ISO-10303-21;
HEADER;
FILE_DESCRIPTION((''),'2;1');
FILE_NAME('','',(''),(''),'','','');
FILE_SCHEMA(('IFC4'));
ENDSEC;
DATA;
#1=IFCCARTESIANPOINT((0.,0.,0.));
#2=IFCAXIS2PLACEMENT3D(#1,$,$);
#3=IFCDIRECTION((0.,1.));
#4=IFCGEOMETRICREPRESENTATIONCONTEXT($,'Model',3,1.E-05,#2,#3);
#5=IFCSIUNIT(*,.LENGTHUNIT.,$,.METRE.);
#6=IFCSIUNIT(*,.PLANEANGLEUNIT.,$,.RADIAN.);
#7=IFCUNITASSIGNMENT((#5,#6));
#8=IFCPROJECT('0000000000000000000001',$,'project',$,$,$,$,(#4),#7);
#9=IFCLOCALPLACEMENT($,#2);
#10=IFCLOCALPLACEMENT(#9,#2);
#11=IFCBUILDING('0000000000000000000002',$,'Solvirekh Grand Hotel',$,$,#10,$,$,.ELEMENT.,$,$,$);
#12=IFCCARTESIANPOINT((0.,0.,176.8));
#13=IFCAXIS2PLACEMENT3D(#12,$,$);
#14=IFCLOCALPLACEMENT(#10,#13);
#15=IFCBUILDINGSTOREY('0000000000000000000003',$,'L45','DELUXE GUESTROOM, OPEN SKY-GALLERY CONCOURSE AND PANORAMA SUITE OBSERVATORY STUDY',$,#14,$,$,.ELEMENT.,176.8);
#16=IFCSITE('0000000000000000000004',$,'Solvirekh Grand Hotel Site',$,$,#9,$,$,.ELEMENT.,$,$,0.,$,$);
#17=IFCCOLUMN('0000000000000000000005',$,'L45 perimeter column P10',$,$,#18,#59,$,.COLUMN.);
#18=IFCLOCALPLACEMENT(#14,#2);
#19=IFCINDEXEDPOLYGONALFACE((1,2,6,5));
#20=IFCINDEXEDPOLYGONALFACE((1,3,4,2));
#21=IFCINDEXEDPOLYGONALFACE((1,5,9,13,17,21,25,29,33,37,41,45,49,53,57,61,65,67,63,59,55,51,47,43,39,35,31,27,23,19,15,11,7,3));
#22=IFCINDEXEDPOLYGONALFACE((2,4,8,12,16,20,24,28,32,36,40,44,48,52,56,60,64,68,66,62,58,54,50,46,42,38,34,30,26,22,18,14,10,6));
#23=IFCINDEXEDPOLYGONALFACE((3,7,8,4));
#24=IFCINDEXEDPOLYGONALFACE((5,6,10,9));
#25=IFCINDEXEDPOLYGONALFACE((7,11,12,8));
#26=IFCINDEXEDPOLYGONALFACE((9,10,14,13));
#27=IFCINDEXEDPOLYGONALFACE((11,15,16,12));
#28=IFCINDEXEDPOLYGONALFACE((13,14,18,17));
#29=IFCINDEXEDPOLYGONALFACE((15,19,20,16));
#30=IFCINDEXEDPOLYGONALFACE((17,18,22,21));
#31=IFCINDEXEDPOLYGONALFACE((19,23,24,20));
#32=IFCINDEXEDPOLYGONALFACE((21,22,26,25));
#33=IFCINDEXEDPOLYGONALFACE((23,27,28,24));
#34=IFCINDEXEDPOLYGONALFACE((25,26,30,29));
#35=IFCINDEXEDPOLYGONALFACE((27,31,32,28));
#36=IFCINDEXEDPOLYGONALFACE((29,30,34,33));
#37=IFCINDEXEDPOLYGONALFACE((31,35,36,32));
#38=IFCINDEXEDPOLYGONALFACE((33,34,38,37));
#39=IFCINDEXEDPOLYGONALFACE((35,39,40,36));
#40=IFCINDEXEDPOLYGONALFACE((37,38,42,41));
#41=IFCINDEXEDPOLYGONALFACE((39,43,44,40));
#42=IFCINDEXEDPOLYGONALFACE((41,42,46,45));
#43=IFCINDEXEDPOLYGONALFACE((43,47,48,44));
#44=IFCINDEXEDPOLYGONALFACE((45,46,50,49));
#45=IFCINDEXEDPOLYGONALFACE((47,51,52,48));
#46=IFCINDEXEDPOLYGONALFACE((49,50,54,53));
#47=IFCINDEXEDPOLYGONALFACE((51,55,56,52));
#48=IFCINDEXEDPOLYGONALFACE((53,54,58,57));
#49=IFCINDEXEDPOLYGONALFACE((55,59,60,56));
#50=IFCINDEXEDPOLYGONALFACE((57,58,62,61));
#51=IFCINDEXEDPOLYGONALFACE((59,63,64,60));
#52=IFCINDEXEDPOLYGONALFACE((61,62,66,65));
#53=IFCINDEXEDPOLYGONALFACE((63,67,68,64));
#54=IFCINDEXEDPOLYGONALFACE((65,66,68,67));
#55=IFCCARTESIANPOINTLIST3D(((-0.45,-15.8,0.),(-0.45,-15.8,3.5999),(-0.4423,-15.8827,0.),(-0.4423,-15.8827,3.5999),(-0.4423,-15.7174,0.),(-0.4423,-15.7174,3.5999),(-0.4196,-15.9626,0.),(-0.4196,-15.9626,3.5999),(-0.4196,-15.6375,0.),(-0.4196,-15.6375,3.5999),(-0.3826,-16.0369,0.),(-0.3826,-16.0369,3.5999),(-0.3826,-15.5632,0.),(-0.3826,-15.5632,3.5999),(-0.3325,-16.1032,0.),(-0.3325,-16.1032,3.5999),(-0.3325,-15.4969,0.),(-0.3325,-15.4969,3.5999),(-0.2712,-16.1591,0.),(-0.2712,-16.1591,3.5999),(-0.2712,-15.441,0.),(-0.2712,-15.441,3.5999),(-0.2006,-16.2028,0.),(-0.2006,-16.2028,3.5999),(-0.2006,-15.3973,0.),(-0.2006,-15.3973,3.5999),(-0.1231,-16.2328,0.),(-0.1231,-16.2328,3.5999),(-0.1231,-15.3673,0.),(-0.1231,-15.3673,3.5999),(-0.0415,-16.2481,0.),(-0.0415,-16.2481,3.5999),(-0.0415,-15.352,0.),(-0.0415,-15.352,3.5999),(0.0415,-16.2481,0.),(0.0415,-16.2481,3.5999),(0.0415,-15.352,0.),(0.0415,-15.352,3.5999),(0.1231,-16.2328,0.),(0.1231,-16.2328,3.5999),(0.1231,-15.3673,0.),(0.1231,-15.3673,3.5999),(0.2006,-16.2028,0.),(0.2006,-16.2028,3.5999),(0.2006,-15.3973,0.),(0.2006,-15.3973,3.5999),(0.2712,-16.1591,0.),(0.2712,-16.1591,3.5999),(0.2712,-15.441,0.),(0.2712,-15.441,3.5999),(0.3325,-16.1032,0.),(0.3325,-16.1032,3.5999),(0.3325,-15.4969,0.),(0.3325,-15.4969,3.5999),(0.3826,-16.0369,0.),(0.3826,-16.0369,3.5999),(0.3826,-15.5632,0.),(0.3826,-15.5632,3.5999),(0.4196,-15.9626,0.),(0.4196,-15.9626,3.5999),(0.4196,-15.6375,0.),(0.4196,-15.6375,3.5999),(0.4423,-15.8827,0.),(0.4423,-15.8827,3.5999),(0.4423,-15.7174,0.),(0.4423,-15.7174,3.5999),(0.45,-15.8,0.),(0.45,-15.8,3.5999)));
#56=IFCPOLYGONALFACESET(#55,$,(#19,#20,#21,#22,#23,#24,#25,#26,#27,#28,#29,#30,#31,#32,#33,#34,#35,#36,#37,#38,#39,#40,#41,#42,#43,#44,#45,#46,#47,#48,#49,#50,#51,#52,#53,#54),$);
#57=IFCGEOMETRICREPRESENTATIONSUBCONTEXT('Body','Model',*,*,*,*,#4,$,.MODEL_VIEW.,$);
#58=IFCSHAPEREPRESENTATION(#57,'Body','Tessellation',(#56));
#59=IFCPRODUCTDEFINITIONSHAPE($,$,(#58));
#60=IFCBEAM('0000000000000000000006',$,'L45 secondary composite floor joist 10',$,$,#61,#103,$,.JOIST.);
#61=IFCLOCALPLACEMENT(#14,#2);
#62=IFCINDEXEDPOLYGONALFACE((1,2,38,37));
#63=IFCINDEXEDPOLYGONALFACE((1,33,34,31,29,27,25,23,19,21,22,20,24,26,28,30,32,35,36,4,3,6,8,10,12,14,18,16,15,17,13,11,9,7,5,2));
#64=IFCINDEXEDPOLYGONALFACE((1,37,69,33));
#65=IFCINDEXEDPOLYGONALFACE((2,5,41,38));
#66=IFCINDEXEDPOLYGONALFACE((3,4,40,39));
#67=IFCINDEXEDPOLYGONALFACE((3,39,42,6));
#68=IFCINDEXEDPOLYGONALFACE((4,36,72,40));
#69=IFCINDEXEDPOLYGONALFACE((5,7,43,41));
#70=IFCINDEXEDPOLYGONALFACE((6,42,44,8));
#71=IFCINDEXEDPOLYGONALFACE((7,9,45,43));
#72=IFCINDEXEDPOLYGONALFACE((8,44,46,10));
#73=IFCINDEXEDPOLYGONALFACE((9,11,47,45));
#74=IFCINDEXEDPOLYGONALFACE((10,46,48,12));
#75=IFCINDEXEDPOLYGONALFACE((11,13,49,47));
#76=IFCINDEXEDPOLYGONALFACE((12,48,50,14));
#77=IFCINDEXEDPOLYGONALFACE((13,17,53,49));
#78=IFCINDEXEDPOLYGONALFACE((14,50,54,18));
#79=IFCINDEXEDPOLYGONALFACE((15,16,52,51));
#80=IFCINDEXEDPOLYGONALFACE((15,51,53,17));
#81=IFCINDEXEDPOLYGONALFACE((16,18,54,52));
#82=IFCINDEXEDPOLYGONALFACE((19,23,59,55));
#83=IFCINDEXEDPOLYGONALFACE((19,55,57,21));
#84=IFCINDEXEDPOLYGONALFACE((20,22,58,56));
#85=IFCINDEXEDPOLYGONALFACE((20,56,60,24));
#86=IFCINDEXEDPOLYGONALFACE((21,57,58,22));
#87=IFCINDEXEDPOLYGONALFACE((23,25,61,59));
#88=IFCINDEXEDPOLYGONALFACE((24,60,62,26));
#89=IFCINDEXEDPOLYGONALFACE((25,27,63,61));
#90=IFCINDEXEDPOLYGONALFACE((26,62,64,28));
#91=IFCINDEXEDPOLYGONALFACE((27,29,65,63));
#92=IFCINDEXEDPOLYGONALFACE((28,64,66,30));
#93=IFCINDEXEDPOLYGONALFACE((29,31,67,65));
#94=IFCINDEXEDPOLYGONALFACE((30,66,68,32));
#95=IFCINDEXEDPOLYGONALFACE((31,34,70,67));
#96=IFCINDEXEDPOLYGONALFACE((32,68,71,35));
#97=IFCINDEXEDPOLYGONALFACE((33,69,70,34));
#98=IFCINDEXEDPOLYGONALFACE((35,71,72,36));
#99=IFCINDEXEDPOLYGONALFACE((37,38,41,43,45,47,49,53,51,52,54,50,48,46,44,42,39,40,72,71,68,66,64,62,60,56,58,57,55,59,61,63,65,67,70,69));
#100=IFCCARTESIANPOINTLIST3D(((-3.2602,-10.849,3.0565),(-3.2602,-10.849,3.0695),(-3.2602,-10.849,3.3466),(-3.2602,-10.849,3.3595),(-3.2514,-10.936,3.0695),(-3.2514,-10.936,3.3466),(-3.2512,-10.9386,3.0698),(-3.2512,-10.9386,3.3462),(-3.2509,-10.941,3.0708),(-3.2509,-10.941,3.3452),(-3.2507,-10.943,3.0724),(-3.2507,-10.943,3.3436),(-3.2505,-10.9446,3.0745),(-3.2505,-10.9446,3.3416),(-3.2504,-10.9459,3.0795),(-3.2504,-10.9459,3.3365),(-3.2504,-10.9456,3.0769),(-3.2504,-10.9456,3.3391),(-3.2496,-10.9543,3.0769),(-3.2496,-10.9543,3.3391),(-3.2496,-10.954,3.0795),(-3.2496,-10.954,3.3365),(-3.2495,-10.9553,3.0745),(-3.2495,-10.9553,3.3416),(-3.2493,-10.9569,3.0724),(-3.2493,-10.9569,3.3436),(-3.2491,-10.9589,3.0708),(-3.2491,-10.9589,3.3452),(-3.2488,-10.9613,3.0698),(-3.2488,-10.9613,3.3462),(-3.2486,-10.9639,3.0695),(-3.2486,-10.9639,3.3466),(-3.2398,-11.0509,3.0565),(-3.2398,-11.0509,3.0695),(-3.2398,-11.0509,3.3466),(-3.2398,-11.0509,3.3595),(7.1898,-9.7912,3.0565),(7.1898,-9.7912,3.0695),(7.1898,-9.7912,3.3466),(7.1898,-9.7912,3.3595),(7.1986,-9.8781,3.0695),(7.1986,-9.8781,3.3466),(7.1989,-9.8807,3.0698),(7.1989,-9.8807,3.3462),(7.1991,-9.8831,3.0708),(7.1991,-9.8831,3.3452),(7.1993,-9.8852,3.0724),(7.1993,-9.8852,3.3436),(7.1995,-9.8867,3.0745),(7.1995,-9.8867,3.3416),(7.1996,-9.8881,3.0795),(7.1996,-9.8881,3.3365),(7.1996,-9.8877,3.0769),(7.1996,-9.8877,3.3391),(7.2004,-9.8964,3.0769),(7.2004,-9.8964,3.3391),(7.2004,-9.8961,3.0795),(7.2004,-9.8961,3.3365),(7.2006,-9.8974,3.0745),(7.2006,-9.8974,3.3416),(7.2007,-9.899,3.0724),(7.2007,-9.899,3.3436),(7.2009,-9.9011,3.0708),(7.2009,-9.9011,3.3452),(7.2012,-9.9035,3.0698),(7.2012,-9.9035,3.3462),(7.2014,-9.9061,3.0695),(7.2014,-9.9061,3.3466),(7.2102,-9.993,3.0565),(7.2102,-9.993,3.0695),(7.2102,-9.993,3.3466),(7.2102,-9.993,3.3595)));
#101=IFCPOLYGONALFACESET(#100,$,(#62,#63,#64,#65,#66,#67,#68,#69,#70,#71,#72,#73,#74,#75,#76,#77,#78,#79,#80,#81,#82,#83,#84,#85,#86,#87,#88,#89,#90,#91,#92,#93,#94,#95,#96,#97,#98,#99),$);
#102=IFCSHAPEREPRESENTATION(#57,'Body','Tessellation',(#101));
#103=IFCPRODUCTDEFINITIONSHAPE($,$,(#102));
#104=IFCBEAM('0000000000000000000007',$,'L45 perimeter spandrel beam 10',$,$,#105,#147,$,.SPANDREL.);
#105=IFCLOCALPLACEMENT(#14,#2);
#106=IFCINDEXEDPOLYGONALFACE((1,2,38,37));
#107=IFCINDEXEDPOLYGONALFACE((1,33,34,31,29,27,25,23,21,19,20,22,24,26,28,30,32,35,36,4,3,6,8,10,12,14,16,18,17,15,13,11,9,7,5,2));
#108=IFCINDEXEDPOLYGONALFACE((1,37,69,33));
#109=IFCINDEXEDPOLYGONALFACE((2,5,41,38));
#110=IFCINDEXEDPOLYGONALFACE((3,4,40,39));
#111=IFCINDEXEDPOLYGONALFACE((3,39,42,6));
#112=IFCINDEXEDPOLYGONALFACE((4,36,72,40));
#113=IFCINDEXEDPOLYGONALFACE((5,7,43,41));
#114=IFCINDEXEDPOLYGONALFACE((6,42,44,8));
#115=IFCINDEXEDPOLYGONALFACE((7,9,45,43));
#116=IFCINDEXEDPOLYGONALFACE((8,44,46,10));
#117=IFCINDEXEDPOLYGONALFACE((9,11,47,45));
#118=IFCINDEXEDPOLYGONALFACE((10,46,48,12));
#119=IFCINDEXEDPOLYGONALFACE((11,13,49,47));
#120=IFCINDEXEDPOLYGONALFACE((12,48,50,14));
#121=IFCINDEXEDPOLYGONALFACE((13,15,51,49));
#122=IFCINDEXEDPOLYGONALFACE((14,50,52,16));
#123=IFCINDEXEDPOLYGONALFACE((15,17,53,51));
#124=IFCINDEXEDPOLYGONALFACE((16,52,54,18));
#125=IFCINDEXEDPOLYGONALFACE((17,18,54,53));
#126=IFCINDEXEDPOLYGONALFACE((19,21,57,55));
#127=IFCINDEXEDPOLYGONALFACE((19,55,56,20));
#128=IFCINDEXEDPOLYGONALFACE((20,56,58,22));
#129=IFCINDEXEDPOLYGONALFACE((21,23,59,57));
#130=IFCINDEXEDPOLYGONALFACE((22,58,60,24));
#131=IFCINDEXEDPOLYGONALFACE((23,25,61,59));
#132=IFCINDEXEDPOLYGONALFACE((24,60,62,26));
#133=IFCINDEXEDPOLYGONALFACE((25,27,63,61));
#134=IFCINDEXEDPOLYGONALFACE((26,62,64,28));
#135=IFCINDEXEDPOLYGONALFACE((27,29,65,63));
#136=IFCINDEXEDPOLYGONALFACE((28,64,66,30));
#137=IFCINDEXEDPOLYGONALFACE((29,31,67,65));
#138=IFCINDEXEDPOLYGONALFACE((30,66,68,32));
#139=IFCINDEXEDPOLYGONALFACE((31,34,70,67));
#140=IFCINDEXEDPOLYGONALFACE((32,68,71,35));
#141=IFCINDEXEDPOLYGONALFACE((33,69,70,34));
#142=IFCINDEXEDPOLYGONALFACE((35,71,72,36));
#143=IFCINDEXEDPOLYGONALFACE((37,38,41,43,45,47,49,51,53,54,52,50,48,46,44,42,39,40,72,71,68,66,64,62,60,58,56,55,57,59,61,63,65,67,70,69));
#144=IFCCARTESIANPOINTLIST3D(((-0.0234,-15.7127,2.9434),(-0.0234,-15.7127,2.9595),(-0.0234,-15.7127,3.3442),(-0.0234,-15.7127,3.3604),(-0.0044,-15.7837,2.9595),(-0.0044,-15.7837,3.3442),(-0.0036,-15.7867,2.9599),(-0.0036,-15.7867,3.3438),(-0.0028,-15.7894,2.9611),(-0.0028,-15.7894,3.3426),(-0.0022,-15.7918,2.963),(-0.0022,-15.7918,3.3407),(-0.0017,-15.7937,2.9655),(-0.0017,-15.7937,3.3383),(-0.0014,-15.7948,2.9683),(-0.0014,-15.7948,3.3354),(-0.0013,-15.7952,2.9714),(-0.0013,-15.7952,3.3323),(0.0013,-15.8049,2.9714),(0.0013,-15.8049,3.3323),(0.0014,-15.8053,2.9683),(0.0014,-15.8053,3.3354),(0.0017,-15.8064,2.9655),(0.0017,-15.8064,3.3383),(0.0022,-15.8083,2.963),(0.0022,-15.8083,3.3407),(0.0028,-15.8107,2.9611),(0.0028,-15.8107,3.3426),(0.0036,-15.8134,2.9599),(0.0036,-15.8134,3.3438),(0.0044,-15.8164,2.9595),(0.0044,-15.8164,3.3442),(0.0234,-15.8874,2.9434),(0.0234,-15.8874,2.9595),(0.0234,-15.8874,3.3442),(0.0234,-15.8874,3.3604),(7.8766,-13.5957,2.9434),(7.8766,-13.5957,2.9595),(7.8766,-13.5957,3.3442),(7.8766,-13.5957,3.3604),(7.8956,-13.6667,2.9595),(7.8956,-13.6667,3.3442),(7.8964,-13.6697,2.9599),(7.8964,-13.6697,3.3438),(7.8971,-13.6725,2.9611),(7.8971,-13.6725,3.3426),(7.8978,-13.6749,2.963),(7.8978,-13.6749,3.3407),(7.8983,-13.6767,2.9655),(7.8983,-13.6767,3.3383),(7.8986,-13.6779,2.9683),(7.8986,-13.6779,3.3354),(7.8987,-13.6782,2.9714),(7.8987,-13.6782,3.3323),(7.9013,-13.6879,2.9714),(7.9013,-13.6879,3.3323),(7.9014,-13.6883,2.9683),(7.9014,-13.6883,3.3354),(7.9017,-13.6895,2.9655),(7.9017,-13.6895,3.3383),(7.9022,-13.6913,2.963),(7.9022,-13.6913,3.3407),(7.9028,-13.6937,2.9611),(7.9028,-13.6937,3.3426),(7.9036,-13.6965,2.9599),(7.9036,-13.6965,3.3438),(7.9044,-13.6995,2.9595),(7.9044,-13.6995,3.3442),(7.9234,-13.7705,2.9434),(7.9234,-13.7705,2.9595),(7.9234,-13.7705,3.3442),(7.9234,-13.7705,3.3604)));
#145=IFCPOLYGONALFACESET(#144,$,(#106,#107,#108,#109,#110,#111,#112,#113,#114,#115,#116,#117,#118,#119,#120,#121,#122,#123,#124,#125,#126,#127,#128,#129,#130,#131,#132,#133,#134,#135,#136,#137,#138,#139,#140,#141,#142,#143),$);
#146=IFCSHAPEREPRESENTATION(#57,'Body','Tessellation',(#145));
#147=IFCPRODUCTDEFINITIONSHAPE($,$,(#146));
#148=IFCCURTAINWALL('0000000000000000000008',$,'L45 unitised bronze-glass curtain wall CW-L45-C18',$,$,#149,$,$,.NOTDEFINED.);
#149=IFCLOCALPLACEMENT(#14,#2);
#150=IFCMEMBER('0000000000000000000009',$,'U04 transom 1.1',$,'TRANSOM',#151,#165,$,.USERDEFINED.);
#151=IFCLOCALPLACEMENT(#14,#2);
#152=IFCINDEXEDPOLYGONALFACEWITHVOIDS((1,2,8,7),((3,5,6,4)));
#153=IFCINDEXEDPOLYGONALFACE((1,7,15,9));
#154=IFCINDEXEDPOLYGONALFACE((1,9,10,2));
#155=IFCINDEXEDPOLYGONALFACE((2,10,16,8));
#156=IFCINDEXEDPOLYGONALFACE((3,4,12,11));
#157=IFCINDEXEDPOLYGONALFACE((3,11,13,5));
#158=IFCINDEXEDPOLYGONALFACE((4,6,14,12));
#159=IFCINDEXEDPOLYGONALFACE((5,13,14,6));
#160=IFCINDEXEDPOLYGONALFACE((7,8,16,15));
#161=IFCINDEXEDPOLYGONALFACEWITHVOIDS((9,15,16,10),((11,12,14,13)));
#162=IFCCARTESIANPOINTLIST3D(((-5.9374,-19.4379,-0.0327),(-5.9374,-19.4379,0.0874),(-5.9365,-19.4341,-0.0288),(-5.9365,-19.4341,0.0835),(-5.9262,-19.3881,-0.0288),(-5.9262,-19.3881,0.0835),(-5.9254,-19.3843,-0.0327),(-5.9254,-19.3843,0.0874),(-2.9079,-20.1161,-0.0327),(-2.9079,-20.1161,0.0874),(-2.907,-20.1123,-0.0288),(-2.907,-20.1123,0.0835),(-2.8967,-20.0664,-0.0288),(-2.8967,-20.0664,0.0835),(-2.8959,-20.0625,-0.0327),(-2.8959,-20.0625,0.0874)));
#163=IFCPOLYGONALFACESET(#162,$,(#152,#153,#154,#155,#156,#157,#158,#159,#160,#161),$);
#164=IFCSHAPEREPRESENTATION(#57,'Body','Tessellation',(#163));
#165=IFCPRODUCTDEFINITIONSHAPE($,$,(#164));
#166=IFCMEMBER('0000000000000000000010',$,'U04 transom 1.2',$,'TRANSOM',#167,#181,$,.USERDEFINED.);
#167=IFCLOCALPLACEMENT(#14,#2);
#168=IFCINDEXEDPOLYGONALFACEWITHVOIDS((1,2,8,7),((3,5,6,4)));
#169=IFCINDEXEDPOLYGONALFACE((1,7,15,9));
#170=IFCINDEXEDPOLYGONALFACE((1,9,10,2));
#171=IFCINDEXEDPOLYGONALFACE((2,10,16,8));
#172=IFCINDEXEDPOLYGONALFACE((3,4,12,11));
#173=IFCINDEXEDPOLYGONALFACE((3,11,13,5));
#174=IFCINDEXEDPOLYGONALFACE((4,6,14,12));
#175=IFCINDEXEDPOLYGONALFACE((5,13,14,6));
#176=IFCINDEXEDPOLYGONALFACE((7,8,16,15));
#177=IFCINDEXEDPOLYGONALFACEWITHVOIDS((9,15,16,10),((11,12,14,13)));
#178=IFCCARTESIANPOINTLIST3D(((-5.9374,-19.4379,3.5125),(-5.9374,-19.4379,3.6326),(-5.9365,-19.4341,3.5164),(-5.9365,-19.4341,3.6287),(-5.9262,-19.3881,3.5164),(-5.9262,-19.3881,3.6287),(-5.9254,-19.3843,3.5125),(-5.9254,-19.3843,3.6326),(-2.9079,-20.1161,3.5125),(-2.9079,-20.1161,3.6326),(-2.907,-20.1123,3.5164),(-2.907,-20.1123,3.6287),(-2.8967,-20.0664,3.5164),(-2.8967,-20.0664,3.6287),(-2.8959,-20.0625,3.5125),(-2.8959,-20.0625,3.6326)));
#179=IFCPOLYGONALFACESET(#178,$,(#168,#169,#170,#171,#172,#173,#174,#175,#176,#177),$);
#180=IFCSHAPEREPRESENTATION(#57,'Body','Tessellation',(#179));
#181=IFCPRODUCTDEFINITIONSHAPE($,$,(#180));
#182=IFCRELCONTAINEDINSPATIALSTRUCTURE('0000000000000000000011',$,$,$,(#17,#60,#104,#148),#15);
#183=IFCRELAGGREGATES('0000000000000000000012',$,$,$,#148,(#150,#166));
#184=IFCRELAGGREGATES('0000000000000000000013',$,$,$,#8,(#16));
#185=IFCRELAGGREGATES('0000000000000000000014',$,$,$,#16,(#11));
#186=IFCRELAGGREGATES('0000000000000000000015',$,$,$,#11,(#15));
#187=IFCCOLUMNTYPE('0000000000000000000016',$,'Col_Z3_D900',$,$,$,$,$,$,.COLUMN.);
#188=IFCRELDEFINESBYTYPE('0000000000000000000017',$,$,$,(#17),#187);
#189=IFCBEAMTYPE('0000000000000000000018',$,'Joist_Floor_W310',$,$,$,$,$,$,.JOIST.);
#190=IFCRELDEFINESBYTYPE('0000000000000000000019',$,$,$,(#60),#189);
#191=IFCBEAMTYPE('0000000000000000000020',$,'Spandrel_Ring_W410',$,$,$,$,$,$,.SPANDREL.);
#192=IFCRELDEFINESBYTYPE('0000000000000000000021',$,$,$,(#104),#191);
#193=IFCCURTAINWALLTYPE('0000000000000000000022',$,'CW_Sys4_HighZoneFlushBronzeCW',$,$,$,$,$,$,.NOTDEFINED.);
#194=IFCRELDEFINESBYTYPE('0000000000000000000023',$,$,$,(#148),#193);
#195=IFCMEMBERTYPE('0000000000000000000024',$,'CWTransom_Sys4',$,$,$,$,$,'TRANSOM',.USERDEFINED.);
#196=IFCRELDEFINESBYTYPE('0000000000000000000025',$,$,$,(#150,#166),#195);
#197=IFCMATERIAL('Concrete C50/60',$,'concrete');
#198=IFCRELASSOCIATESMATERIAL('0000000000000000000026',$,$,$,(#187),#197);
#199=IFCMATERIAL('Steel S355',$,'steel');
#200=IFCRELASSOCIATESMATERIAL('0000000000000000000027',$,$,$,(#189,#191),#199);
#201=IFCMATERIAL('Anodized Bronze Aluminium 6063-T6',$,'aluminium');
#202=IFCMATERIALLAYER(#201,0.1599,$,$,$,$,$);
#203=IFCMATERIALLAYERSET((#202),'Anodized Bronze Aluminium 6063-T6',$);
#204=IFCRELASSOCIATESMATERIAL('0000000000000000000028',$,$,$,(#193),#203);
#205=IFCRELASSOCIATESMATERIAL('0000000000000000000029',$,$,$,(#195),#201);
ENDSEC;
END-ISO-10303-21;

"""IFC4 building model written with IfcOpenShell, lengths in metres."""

from ifc_helpers import new_model, si_unit, direction, frame, origin, origin_2d, place, context, subcontext, project, spatial, hollow_rectangle, circle, i_section, extrude, source, transform, mapped, material, layer, layer_set, material_profile, profile_set, type_object, element, aggregate, save


model = new_model("IFC4")

# Units and contexts
model_context = context("Model", 3, precision=1e-05, world=origin(), true_north=direction((0.0, 1.0)))
body_context = subcontext(model_context, "Body", "Model", "MODEL_VIEW")
ifc_project = project(units=[si_unit("LENGTHUNIT", "METRE"), si_unit("PLANEANGLEUNIT", "RADIAN")], contexts=[model_context])

# Site, building, storey
site_placement = place(None, origin())
site = spatial("IfcSite", under=ifc_project, at=site_placement, Name="Solvirekh Grand Hotel Site", CompositionType="ELEMENT", RefElevation=0.0)
building_placement = place(site_placement, origin())
building = spatial("IfcBuilding", under=site, at=building_placement, Name="Solvirekh Grand Hotel", CompositionType="ELEMENT")
storey_placement = place(building_placement, frame((0.0, 0.0, 176.8)))
storey = spatial("IfcBuildingStorey", under=building, at=storey_placement, Name="L45", Description="DELUXE GUESTROOM, OPEN SKY-GALLERY CONCOURSE AND PANORAMA SUITE OBSERVATORY STUDY", CompositionType="ELEMENT", Elevation=176.8)

# Column
ifc_material_1 = material(Name="Concrete C50/60", Category="concrete")
ifc_material_profile_1 = material_profile(ifc_material_1, circle(Radius=0.45, at=origin_2d()), Name="RC CIRC D900")
ifc_profile_set_1 = profile_set([ifc_material_profile_1], Name="Concrete C50/60")
column_type = type_object("IfcColumnType", Name="Col_Z3_D900", PredefinedType="COLUMN", material=ifc_profile_set_1)
column_placement = place(storey_placement, frame((0.0, -15.8, 0.0), z_axis=(0.0, 0.0, 1.0), x_axis=(1.0, 0.0, 0.0)))
element("IfcColumn", 1, at=column_placement, inside=storey, type_object=column_type, Name="L45 perimeter column P10", PredefinedType="COLUMN", context=body_context, shape_type="SweptSolid", body=[
    extrude(circle(Radius=0.45, at=origin_2d()), origin(), (0.0, 0.0, 1.0), 3.5999),
])

# Beams
ifc_material_2 = material(Name="Steel S355", Category="steel")
ifc_material_profile_2 = material_profile(ifc_material_2, i_section(OverallWidth=0.2029, OverallDepth=0.303, WebThickness=0.0081, FlangeThickness=0.0129, FilletRadius=0.01, at=origin_2d()), Name="W310X60")
ifc_profile_set_2 = profile_set([ifc_material_profile_2], Name="Steel S355")
beam_type_1 = type_object("IfcBeamType", Name="Joist_Floor_W310", PredefinedType="JOIST", material=ifc_profile_set_2)
beam_1_placement = place(storey_placement, frame((-3.25, -10.95, 3.208), z_axis=(0.994915, 0.100716, 0.0), x_axis=(-0.100716, 0.994915, 0.0)))
element("IfcBeam", 2, at=beam_1_placement, inside=storey, type_object=beam_type_1, Name="L45 secondary composite floor joist 10", PredefinedType="JOIST", context=body_context, shape_type="SweptSolid", body=[
    extrude(i_section(OverallWidth=0.2029, OverallDepth=0.303, WebThickness=0.0081, FlangeThickness=0.0129, FilletRadius=0.01, at=origin_2d()), origin(), (0.0, 0.0, 1.0), 10.5034),
])
ifc_material_profile_3 = material_profile(ifc_material_2, i_section(OverallWidth=0.1809, OverallDepth=0.417, WebThickness=0.01, FlangeThickness=0.0161, FilletRadius=0.012, at=origin_2d()), Name="W410X85")
ifc_profile_set_3 = profile_set([ifc_material_profile_3], Name="Steel S355")
beam_type_2 = type_object("IfcBeamType", Name="Spandrel_Ring_W410", PredefinedType="SPANDREL", material=ifc_profile_set_3)
beam_2_placement = place(storey_placement, frame((0.0, -15.8, 3.1519), z_axis=(0.965921, 0.258839, 0.0), x_axis=(-0.258839, 0.965921, 0.0)))
element("IfcBeam", 3, at=beam_2_placement, inside=storey, type_object=beam_type_2, Name="L45 perimeter spandrel beam 10", PredefinedType="SPANDREL", context=body_context, shape_type="SweptSolid", body=[
    extrude(i_section(OverallWidth=0.1809, OverallDepth=0.417, WebThickness=0.01, FlangeThickness=0.0161, FilletRadius=0.012, at=origin_2d()), origin(), (0.0, 0.0, 1.0), 8.1787),
])

# Curtain wall, members
ifc_material_3 = material(Name="Anodized Bronze Aluminium 6063-T6", Category="aluminium")
ifc_layer_1 = layer(ifc_material_3, 0.1599)
ifc_layer_set_1 = layer_set([ifc_layer_1], Name="Anodized Bronze Aluminium 6063-T6")
curtain_wall_type = type_object("IfcCurtainWallType", Name="CW_Sys4_HighZoneFlushBronzeCW", PredefinedType="NOTDEFINED", material=ifc_layer_set_1)
curtain_wall_placement = place(storey_placement, origin())
curtain_wall = element("IfcCurtainWall", 4, at=curtain_wall_placement, inside=storey, type_object=curtain_wall_type, Name="L45 unitised bronze-glass curtain wall CW-L45-C18", PredefinedType="NOTDEFINED")
ifc_material_profile_4 = material_profile(ifc_material_3, hollow_rectangle(XDim=0.0549, YDim=0.1201, WallThickness=0.0039, at=origin_2d()), Name="ALU RHS 120X55X4")
ifc_profile_set_4 = profile_set([ifc_material_profile_4], Name="Anodized Bronze Aluminium 6063-T6")
member_type_1 = type_object("IfcMemberType", Name="CWTransom_Sys4", ElementType="TRANSOM", PredefinedType="USERDEFINED", material=ifc_profile_set_4)
shared_shape_1 = source(origin(), body_context, "Body", "SweptSolid", [
    extrude(hollow_rectangle(XDim=0.0549, YDim=0.1201, WallThickness=0.0039, at=origin_2d()), origin(), (0.0, 0.0, 1.0), 3.1045),
])
member_1_placement = place(storey_placement, frame((-5.9314, -19.4111, 0.0273), z_axis=(0.975845, -0.218462, 0.0), x_axis=(0.218462, 0.975845, 0.0)))
member_1 = element("IfcMember", 5, at=member_1_placement, type_object=member_type_1, Name="U04 transom 1.1", ObjectType="TRANSOM", PredefinedType="USERDEFINED", context=body_context, shape_type="MappedRepresentation", body=[
    mapped(shared_shape_1, transform((0.0, 0.0, 0.0), x_axis=(1.0, 0.0, 0.0), y_axis=(0.0, 1.0, 0.0), z_axis=(0.0, 0.0, 1.0), scale=1.0)),
])
member_2_placement = place(storey_placement, frame((-5.9314, -19.4111, 3.5725), z_axis=(0.975845, -0.218462, 0.0), x_axis=(0.218462, 0.975845, 0.0)))
member_2 = element("IfcMember", 6, at=member_2_placement, type_object=member_type_1, Name="U04 transom 1.2", ObjectType="TRANSOM", PredefinedType="USERDEFINED", context=body_context, shape_type="MappedRepresentation", body=[
    mapped(shared_shape_1, transform((0.0, 0.0, 0.0), x_axis=(1.0, 0.0, 0.0), y_axis=(0.0, 1.0, 0.0), z_axis=(0.0, 0.0, 1.0), scale=1.0)),
])
aggregate(curtain_wall, [member_1, member_2])

save(model, "model.ifc")
